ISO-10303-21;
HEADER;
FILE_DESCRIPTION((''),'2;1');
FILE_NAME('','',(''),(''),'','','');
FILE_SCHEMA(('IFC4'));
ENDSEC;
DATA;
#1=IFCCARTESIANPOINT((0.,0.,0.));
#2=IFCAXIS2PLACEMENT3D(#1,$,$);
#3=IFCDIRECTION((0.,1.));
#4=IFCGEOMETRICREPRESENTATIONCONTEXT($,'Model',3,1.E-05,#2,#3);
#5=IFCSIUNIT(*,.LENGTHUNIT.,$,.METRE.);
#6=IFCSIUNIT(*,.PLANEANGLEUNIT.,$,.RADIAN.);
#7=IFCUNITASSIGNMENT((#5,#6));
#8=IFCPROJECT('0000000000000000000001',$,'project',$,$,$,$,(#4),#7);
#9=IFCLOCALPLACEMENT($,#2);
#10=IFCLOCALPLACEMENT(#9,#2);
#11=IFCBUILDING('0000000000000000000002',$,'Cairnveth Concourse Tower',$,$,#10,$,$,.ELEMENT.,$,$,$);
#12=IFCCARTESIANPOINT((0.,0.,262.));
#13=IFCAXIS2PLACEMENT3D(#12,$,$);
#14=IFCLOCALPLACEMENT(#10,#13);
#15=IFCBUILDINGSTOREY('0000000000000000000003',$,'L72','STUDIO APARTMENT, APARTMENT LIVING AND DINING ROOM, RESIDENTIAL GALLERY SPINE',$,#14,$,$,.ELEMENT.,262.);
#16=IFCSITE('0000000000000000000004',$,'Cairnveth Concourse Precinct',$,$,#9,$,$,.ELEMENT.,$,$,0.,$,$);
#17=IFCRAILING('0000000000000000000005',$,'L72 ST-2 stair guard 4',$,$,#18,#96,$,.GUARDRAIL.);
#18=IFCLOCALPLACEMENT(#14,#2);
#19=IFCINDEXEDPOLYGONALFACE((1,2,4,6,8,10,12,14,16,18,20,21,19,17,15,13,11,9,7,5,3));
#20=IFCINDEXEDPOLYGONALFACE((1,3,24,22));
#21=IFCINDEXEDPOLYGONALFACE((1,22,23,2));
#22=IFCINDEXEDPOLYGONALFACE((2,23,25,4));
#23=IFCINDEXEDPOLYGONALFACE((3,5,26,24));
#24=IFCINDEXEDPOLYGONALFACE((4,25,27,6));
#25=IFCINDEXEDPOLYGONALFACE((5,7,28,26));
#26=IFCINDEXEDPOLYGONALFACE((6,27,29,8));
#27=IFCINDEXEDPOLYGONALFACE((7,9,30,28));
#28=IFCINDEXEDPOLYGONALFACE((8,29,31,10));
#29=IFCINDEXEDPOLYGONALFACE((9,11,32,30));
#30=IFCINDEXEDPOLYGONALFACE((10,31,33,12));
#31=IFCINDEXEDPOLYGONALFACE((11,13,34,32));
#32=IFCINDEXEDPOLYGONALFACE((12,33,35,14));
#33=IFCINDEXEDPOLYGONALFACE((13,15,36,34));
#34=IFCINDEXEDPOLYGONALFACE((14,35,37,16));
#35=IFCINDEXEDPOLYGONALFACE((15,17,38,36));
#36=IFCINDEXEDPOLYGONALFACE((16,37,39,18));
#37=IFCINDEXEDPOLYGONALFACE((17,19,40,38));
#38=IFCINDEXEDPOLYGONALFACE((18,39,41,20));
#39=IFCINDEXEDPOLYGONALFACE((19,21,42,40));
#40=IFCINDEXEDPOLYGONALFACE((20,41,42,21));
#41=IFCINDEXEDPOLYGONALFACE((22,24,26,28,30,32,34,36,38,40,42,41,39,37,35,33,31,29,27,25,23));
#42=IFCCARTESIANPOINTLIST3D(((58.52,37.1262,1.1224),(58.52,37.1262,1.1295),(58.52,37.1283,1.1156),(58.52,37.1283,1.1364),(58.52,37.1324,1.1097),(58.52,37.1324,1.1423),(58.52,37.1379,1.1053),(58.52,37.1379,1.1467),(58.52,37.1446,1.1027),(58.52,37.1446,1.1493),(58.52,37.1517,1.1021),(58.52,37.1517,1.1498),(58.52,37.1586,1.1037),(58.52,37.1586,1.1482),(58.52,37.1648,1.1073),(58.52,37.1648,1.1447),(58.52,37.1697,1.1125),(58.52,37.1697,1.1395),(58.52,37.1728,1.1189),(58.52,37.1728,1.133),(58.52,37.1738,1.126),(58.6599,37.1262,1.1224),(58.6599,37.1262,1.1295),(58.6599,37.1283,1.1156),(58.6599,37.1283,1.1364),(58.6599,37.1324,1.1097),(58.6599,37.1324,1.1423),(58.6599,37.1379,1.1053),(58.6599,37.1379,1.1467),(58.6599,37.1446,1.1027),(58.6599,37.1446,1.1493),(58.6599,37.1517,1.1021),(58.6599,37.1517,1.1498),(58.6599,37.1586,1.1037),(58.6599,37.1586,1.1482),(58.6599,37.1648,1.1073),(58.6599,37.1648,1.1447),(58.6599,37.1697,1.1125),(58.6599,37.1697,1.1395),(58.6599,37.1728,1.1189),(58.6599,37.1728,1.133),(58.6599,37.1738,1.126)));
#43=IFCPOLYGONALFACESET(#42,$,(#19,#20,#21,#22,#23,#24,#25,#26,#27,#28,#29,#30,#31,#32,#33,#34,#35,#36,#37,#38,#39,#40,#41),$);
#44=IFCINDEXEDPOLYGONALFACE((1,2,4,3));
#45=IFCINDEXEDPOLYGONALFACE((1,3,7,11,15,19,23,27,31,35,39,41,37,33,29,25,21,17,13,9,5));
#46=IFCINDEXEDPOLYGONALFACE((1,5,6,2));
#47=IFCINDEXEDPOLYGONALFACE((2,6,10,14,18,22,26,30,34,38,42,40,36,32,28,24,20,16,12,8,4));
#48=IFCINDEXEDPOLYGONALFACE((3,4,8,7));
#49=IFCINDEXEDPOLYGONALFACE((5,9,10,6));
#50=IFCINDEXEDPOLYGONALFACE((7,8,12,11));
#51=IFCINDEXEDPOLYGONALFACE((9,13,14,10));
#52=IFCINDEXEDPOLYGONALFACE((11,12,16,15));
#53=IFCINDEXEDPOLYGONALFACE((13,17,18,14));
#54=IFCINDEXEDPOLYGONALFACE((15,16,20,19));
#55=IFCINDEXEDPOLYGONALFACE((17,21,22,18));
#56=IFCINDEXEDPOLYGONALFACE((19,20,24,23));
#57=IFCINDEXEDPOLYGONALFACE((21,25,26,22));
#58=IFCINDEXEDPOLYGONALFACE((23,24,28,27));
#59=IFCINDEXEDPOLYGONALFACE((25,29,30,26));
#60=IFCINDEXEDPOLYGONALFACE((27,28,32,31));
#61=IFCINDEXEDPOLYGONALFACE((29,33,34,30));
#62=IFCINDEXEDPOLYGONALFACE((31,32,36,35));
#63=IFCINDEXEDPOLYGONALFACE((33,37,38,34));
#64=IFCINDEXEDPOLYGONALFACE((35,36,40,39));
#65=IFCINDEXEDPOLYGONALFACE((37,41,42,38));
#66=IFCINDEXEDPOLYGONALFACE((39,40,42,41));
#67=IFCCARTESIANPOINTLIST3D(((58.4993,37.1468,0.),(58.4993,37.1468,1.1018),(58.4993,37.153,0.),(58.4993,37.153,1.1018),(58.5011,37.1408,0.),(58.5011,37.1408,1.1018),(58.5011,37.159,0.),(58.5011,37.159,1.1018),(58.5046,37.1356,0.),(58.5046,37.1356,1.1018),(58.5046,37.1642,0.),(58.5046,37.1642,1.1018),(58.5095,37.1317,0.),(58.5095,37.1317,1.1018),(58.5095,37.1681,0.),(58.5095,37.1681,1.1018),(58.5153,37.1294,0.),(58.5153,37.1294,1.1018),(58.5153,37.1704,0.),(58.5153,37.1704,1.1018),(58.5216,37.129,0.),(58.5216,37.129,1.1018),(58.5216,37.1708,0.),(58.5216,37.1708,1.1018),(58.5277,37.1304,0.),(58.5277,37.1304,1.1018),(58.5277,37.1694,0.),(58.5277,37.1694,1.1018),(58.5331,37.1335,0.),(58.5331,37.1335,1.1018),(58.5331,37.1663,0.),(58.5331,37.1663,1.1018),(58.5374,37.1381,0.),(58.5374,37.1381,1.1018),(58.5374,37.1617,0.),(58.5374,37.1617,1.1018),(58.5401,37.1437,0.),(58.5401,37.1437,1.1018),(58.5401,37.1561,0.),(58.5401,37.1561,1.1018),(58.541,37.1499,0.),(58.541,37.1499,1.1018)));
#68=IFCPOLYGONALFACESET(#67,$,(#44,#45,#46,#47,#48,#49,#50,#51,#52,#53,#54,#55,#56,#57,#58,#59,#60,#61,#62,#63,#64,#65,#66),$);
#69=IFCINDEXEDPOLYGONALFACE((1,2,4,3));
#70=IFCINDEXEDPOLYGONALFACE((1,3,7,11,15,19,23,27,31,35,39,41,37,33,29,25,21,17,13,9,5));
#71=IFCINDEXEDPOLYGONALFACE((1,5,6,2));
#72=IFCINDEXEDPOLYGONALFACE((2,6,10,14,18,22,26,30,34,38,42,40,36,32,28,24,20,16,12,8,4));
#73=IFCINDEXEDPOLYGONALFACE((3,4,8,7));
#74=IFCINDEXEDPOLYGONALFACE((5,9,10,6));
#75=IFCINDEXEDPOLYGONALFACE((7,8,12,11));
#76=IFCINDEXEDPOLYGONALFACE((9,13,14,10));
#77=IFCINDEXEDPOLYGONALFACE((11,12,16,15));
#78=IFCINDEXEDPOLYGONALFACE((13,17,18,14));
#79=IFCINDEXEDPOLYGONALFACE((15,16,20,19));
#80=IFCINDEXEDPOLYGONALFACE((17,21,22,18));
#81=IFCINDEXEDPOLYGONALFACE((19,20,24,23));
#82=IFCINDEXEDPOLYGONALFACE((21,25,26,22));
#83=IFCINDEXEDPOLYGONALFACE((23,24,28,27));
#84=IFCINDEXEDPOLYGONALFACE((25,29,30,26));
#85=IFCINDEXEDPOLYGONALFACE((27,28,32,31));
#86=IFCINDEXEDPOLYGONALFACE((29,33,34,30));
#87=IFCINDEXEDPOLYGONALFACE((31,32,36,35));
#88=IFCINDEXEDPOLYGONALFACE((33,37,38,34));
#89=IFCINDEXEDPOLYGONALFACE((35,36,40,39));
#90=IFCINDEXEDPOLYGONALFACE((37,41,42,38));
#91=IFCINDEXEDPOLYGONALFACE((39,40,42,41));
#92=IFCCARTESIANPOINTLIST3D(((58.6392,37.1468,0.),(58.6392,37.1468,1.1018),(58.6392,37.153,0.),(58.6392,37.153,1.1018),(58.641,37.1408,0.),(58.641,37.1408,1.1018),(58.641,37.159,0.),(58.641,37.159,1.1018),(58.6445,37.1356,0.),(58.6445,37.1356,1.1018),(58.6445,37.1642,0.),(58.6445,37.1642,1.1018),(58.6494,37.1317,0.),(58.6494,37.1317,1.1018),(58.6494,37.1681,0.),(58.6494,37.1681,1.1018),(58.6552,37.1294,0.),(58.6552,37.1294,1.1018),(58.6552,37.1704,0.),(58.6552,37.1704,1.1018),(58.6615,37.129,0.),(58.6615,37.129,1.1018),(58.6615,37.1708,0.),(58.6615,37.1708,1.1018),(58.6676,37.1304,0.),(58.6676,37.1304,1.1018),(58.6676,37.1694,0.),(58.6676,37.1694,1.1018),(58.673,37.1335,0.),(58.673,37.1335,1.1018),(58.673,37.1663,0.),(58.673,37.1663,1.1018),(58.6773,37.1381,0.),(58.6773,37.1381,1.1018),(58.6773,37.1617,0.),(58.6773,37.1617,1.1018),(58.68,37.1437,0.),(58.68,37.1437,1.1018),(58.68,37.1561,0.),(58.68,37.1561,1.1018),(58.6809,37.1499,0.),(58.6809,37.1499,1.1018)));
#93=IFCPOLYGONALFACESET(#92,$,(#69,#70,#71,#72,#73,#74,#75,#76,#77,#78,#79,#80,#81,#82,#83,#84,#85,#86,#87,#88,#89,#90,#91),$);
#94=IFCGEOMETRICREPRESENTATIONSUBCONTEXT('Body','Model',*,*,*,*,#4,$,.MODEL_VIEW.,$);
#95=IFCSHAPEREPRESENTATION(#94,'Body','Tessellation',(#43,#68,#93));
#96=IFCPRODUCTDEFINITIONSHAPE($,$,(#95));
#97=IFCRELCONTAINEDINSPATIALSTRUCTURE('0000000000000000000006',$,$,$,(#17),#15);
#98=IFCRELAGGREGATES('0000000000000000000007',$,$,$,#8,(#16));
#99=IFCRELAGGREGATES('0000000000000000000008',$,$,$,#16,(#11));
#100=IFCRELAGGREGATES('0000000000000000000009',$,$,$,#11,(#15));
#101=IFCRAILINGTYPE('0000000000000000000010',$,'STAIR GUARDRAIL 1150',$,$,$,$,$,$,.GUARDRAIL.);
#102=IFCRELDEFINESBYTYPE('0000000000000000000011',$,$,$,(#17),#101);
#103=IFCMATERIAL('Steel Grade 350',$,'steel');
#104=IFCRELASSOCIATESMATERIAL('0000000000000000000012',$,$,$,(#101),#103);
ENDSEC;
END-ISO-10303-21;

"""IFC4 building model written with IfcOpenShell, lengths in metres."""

from ifc_helpers import new_model, si_unit, direction, frame, origin, origin_2d, place, context, subcontext, project, spatial, circle, extrude, material, type_object, element, save


model = new_model("IFC4")

# Units and contexts
model_context = context("Model", 3, precision=1e-05, world=origin(), true_north=direction((0.0, 1.0)))
body_context = subcontext(model_context, "Body", "Model", "MODEL_VIEW")
ifc_project = project(units=[si_unit("LENGTHUNIT", "METRE"), si_unit("PLANEANGLEUNIT", "RADIAN")], contexts=[model_context])

# Site, building, storey
site_placement = place(None, origin())
site = spatial("IfcSite", under=ifc_project, at=site_placement, Name="Cairnveth Concourse Precinct", CompositionType="ELEMENT", RefElevation=0.0)
building_placement = place(site_placement, origin())
building = spatial("IfcBuilding", under=site, at=building_placement, Name="Cairnveth Concourse Tower", CompositionType="ELEMENT")
storey_placement = place(building_placement, frame((0.0, 0.0, 262.0)))
storey = spatial("IfcBuildingStorey", under=building, at=storey_placement, Name="L72", Description="STUDIO APARTMENT, APARTMENT LIVING AND DINING ROOM, RESIDENTIAL GALLERY SPINE", CompositionType="ELEMENT", Elevation=262.0)

# Shared definitions
ifc_material_1 = material(Name="Steel Grade 350", Category="steel")

# Railing
railing_type = type_object("IfcRailingType", Name="STAIR GUARDRAIL 1150", PredefinedType="GUARDRAIL", material=ifc_material_1)
railing_1_placement = place(storey_placement, frame((58.52, 37.1499, 0.0)))
element("IfcRailing", 1, at=railing_1_placement, inside=storey, type_object=railing_type, Name="L72 ST-2 stair guard 4", PredefinedType="GUARDRAIL", context=body_context, shape_type="SweptSolid", body=[
    extrude(circle(Radius=0.0239, at=origin_2d()), frame((0.0, 0.0, 1.126), z_axis=(1.0, 0.0, 0.0), x_axis=(0.0, 1.0, 0.0)), (0.0, 0.0, 1.0), 0.1399),
    extrude(circle(Radius=0.021, at=origin_2d()), origin(), (0.0, 0.0, 1.0), 1.1018),
    extrude(circle(Radius=0.021, at=origin_2d()), frame((0.1399, 0.0, 0.0)), (0.0, 0.0, 1.0), 1.1018),
])

save(model, "model.ifc")
